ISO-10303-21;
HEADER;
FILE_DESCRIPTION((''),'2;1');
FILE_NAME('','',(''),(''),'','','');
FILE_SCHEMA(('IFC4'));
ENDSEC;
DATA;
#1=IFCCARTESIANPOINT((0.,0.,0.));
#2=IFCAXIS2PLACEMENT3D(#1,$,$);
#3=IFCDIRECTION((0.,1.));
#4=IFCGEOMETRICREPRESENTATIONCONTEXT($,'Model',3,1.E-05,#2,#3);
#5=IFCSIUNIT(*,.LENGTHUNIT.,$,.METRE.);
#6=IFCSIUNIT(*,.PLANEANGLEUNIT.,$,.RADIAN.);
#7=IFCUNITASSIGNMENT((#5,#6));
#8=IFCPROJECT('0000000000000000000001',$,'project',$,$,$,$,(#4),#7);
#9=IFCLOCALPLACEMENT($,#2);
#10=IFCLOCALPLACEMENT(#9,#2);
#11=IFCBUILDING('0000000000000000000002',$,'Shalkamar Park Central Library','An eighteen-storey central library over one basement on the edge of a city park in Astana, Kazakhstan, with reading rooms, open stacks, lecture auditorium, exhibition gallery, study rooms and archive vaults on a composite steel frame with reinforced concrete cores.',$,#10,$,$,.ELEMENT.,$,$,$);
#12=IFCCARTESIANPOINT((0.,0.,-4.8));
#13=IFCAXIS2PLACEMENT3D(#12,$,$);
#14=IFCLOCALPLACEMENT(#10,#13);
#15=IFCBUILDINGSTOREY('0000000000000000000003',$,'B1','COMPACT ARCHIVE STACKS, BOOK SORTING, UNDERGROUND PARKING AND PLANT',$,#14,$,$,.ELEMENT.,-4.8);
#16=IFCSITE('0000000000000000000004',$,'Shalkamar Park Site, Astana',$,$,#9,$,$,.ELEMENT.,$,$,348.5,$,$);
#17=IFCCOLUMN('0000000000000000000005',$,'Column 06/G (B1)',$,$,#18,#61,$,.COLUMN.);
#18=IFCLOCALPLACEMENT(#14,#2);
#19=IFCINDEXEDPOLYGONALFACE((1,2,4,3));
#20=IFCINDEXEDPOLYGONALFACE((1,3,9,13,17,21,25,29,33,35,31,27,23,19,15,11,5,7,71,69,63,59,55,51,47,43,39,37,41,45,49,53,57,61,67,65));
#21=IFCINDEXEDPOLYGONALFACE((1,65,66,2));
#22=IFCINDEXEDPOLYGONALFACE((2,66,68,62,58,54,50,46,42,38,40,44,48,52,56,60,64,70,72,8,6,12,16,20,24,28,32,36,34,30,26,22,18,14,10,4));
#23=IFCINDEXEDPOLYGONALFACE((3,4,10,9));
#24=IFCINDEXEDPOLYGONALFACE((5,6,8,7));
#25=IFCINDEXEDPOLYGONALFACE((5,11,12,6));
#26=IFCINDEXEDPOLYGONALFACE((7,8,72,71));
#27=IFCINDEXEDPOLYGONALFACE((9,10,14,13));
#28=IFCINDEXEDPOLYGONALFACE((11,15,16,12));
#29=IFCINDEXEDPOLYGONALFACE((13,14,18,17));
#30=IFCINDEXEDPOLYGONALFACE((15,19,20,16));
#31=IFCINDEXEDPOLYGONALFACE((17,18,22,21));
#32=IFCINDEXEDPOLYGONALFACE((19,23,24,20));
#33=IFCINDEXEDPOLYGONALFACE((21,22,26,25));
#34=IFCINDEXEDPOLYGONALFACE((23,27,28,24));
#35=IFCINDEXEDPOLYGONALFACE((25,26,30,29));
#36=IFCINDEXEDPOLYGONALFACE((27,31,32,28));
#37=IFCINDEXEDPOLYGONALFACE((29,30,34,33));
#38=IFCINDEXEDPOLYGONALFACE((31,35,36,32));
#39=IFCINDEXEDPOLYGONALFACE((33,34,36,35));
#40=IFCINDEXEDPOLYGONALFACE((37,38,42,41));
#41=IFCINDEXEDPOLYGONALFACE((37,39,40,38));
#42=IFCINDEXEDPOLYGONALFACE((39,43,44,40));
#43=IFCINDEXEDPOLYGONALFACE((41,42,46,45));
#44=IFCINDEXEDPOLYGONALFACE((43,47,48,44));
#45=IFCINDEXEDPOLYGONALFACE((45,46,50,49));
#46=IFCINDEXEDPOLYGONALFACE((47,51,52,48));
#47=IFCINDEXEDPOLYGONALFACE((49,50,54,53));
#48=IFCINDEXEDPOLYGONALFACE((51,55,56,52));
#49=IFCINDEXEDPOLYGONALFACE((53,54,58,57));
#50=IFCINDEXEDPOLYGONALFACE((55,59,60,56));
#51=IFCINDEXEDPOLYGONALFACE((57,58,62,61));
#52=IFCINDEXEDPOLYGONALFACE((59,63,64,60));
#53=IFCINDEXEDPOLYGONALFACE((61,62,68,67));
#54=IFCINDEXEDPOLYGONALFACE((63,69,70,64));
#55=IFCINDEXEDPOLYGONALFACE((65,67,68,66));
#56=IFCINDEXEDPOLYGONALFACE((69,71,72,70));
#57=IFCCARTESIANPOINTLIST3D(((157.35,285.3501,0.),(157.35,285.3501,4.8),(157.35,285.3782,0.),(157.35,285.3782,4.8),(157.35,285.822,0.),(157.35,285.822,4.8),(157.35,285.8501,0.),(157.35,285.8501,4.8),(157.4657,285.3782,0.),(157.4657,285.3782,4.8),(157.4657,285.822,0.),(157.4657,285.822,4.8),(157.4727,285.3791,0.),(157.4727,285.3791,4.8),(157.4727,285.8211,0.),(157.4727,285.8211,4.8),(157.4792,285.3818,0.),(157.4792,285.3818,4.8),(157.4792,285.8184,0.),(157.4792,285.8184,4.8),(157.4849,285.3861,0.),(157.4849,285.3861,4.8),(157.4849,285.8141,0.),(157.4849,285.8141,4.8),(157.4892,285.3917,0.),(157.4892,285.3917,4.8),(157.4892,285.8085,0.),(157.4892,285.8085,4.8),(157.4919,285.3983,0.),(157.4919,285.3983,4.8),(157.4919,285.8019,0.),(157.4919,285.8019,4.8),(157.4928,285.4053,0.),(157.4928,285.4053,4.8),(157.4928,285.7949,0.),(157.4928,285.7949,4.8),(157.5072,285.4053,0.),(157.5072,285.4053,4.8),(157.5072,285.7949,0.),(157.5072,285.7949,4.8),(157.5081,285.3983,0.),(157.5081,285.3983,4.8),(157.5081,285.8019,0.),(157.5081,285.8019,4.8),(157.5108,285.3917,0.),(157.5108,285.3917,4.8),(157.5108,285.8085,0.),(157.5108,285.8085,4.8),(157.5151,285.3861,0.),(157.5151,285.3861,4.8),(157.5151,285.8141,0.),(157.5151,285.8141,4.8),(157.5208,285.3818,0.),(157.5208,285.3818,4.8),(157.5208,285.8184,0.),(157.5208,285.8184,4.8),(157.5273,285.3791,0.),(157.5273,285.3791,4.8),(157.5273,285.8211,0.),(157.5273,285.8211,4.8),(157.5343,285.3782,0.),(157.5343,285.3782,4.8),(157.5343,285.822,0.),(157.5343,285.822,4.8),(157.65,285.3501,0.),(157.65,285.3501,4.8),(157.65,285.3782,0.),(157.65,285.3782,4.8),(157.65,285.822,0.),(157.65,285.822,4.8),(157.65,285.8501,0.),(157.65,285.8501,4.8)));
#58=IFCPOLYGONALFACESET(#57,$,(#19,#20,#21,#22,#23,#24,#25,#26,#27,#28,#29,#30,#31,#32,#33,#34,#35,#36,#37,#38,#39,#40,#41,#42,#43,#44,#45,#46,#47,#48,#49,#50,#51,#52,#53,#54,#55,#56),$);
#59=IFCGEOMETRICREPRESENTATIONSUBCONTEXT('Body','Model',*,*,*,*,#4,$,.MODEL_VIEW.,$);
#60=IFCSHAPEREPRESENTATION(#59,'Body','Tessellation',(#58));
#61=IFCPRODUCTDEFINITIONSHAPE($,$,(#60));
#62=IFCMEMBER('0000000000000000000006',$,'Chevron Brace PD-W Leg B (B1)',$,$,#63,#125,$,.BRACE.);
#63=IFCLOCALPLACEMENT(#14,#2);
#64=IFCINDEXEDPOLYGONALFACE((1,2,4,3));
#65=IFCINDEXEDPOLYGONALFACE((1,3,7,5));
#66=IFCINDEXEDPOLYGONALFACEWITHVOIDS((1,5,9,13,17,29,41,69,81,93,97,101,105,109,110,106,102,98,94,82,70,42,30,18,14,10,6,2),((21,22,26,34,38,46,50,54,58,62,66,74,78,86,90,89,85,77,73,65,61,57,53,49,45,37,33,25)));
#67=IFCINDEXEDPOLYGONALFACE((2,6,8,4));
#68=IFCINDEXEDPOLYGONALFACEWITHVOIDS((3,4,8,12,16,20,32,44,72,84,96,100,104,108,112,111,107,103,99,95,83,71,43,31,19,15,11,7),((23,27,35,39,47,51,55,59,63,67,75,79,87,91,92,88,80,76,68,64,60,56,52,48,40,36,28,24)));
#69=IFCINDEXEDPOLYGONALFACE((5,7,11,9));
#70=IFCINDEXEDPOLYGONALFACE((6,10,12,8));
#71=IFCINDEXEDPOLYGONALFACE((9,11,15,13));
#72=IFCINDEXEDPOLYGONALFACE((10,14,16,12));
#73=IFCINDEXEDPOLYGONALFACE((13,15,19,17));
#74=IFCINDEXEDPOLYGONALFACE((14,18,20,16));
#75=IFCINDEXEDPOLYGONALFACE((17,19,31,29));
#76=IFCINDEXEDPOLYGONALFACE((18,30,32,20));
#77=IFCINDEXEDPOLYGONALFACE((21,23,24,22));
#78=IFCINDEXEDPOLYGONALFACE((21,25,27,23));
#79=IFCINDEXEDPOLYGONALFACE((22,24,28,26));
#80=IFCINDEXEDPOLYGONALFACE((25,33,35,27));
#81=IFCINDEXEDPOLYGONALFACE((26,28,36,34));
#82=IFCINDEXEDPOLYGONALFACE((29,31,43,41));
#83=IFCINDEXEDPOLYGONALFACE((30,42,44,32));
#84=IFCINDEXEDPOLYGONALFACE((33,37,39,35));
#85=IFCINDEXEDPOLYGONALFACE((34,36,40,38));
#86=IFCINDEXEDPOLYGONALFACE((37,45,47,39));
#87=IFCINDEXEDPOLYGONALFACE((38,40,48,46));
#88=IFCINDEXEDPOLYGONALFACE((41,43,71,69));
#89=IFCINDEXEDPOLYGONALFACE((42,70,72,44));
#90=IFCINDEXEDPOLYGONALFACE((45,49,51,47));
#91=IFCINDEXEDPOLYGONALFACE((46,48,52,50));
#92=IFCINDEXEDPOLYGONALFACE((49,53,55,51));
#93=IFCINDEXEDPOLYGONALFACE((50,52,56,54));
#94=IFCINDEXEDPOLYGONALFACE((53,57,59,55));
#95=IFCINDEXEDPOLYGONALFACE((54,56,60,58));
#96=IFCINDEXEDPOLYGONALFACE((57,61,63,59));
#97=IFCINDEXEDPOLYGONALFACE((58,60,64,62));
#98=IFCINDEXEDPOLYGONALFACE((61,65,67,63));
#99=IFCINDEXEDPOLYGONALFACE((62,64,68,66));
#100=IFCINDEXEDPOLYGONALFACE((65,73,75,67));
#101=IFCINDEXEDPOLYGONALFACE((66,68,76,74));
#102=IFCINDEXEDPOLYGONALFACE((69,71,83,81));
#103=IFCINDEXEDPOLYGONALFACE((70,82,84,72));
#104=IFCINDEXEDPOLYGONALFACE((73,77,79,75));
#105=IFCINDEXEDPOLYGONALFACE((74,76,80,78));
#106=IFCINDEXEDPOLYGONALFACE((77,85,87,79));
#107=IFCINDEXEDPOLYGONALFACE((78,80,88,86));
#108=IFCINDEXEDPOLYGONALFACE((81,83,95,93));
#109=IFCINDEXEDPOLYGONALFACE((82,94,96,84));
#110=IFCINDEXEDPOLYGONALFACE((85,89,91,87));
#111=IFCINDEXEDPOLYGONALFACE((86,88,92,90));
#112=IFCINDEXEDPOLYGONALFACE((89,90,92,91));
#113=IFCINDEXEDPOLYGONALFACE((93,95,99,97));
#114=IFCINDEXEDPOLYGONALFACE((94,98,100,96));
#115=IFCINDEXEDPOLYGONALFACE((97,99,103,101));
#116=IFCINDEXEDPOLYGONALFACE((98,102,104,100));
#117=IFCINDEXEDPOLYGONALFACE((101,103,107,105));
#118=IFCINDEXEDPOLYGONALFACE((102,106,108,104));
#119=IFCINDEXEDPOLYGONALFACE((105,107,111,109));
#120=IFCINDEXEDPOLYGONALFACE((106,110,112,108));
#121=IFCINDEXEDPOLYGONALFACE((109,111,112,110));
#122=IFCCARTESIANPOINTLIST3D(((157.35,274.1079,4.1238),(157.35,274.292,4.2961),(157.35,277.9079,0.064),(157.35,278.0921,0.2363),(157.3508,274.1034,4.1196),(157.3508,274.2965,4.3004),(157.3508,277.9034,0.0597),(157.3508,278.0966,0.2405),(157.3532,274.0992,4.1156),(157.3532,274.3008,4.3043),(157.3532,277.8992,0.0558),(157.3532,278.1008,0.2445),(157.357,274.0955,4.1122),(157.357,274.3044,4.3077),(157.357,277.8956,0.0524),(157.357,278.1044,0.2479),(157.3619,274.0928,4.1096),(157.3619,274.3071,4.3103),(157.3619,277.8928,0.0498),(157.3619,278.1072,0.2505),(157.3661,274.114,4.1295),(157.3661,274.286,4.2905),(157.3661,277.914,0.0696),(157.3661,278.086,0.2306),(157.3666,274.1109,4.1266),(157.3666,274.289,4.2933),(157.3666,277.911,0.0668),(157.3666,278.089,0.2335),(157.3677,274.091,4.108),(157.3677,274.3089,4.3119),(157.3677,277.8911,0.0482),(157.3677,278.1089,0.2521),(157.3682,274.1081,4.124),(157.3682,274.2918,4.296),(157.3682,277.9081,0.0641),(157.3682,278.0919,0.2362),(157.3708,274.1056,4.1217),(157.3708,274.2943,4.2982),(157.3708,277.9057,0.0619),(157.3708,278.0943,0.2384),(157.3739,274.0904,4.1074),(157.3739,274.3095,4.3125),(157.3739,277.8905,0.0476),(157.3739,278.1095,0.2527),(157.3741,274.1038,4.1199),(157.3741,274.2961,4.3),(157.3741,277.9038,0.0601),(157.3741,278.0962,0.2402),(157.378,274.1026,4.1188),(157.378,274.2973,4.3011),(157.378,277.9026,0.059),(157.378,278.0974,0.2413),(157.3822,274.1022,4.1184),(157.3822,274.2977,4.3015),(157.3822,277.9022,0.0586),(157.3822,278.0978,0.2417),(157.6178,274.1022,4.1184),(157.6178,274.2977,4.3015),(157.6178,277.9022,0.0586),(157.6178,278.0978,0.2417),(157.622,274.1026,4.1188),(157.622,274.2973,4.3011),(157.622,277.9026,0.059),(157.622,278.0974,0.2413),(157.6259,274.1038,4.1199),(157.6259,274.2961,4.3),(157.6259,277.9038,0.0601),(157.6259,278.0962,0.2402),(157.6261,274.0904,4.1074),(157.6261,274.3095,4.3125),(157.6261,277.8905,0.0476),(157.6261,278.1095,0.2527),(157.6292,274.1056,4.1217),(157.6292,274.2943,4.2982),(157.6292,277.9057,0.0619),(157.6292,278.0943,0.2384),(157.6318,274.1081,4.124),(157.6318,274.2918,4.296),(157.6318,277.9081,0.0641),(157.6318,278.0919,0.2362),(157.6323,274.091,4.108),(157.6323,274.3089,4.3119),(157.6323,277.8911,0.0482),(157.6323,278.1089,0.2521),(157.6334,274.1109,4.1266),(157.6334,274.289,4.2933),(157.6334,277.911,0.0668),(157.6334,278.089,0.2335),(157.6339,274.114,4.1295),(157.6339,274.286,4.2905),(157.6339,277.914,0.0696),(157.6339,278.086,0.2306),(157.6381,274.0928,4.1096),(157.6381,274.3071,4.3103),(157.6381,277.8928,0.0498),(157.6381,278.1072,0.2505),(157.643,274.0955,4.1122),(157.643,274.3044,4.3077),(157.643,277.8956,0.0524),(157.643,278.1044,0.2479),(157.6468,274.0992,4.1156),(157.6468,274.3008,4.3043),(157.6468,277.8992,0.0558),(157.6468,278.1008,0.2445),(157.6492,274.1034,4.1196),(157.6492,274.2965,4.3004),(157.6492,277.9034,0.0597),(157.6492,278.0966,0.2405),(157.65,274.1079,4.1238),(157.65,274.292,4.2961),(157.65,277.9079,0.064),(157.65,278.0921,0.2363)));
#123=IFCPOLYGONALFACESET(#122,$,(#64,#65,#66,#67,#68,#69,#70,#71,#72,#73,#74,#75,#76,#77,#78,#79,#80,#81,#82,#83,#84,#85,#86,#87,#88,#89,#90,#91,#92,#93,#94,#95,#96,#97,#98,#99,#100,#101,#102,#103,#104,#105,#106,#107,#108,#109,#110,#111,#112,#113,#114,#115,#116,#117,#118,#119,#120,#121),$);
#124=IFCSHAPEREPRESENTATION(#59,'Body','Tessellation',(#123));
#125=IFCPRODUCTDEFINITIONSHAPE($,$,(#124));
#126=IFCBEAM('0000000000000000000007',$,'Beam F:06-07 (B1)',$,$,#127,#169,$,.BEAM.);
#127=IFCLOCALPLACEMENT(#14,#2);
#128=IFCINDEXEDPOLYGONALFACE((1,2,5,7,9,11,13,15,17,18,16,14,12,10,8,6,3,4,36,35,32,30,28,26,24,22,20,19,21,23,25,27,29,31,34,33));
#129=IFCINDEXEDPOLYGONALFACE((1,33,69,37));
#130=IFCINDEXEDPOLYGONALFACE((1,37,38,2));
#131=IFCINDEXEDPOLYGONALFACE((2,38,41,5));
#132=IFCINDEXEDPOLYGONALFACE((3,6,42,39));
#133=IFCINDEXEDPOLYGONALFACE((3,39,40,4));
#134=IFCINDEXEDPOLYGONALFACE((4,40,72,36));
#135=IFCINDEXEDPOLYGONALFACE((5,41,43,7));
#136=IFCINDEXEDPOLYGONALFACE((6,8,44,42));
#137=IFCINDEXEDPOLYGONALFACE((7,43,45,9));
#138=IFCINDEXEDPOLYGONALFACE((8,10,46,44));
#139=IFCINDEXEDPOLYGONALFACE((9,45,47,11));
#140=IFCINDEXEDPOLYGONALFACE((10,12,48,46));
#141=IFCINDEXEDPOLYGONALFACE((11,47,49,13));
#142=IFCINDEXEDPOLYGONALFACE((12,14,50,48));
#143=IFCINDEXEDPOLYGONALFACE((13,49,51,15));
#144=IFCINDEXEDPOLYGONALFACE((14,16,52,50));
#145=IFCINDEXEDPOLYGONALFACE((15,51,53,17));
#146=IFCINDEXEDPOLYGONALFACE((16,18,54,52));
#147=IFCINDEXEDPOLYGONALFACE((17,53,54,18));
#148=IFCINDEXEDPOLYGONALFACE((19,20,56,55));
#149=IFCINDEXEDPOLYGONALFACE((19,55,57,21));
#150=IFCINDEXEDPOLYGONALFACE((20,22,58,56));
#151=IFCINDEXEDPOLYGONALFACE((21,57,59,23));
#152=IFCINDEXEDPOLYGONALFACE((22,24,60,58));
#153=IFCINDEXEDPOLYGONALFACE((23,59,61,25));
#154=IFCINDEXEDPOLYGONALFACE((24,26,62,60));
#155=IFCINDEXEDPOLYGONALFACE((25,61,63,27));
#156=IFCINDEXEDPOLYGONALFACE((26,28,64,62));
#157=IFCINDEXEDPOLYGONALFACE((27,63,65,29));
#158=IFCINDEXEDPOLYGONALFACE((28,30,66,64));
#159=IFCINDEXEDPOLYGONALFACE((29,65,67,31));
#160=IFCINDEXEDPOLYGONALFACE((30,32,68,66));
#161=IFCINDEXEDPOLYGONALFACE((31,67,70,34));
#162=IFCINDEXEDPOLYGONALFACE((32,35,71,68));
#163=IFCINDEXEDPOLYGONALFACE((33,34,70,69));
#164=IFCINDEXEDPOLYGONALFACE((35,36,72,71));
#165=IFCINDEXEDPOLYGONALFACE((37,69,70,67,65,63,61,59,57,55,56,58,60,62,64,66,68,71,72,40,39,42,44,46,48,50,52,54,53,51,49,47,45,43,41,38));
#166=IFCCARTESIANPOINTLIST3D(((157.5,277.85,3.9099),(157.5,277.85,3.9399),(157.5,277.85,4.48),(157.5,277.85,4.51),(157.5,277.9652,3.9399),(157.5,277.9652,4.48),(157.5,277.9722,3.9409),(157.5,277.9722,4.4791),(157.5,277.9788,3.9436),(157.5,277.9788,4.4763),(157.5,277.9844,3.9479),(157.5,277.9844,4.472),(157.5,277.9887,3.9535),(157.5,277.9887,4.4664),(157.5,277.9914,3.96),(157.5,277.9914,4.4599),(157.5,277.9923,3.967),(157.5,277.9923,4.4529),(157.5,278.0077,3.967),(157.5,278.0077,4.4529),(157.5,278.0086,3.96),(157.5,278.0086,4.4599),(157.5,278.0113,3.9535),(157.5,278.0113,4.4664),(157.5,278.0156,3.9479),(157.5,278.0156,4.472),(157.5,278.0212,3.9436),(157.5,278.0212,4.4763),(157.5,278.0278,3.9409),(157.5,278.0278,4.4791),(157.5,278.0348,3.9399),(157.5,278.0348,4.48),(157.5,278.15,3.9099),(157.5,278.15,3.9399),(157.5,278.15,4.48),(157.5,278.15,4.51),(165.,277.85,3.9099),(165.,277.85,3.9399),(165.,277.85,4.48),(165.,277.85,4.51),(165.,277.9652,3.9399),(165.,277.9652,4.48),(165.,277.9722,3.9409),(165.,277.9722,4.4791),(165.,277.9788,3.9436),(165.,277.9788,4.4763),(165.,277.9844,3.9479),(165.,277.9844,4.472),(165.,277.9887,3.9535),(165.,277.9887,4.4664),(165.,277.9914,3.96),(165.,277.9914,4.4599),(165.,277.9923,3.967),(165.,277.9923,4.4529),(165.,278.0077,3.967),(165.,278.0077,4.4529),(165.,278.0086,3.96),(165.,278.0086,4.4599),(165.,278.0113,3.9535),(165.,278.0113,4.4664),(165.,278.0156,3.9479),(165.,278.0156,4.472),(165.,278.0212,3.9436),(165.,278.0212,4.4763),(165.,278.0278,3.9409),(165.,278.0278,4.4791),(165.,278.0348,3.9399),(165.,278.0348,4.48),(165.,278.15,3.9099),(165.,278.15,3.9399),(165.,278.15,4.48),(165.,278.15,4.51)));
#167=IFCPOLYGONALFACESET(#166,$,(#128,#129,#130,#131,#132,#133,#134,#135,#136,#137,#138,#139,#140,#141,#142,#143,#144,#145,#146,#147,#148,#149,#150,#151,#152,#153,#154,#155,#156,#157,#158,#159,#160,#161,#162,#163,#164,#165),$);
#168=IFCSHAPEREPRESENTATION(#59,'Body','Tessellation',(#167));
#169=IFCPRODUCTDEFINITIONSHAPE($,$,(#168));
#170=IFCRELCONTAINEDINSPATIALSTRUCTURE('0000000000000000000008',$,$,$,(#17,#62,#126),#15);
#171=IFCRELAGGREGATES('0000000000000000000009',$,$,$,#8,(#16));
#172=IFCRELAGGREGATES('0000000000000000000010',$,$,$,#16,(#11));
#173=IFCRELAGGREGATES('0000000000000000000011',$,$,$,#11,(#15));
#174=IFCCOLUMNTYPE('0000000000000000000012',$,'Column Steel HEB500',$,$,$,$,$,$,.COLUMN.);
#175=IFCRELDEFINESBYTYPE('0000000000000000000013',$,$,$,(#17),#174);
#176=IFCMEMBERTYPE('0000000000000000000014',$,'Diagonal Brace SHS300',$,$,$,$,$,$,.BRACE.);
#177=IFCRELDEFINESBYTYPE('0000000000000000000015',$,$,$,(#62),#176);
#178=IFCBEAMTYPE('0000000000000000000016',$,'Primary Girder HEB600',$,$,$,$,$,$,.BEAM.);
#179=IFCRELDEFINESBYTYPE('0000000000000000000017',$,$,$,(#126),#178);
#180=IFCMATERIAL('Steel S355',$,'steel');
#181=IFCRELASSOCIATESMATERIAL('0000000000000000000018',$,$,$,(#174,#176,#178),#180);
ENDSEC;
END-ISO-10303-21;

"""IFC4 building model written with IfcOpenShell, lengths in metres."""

from ifc_helpers import new_model, si_unit, direction, frame, origin, origin_2d, place, context, subcontext, project, spatial, hollow_rectangle, i_section, extrude, material, material_profile, profile_set, type_object, element, save


model = new_model("IFC4")

# Units and contexts
model_context = context("Model", 3, precision=1e-05, world=origin(), true_north=direction((0.0, 1.0)))
body_context = subcontext(model_context, "Body", "Model", "MODEL_VIEW")
ifc_project = project(units=[si_unit("LENGTHUNIT", "METRE"), si_unit("PLANEANGLEUNIT", "RADIAN")], contexts=[model_context])

# Site, building, storey
site_placement = place(None, origin())
site = spatial("IfcSite", under=ifc_project, at=site_placement, Name="Shalkamar Park Site, Astana", CompositionType="ELEMENT", RefElevation=348.5)
building_placement = place(site_placement, origin())
building = spatial("IfcBuilding", under=site, at=building_placement, Name="Shalkamar Park Central Library", Description="An eighteen-storey central library over one basement on the edge of a city park in Astana, Kazakhstan, with reading rooms, open stacks, lecture auditorium, exhibition gallery, study rooms and archive vaults on a composite steel frame with reinforced concrete cores.", CompositionType="ELEMENT")
storey_placement = place(building_placement, frame((0.0, 0.0, -4.8)))
storey = spatial("IfcBuildingStorey", under=building, at=storey_placement, Name="B1", Description="COMPACT ARCHIVE STACKS, BOOK SORTING, UNDERGROUND PARKING AND PLANT", CompositionType="ELEMENT", Elevation=-4.8)

# Column
ifc_material_1 = material(Name="Steel S355", Category="steel")
ifc_material_profile_1 = material_profile(ifc_material_1, i_section(OverallWidth=0.3, OverallDepth=0.5, WebThickness=0.0144, FlangeThickness=0.0281, FilletRadius=0.0271, at=origin_2d()), Name="HEB 500")
ifc_profile_set_1 = profile_set([ifc_material_profile_1], Name="Steel S355")
column_type = type_object("IfcColumnType", Name="Column Steel HEB500", PredefinedType="COLUMN", material=ifc_profile_set_1)
for number, where, z_axis, x_axis, name in (
    (1, (157.5, 285.6001, 0.0), (0.0, 0.0, 1.0), (1.0, 0.0, 0.0), "Column 06/G (B1)"),
):
    element("IfcColumn", number, at=place(storey_placement, frame(where, z_axis=z_axis, x_axis=x_axis)), inside=storey, type_object=column_type, Name=name, PredefinedType="COLUMN", context=body_context, shape_type="SweptSolid", body=[
        extrude(i_section(OverallWidth=0.3, OverallDepth=0.5, WebThickness=0.0144, FlangeThickness=0.0281, FilletRadius=0.0271, at=origin_2d()), origin(), (0.0, 0.0, 1.0), 4.8),
    ])

# Member
ifc_material_profile_2 = material_profile(ifc_material_1, hollow_rectangle(XDim=0.3, YDim=0.3, WallThickness=0.0161, InnerFilletRadius=0.0161, OuterFilletRadius=0.0239, at=origin_2d()), Name="SHS 300x300x16")
ifc_profile_set_2 = profile_set([ifc_material_profile_2], Name="Steel S355")
member_type = type_object("IfcMemberType", Name="Diagonal Brace SHS300", PredefinedType="BRACE", material=ifc_profile_set_2)
member_placement = place(storey_placement, frame((157.5, 278.0, 0.1501), z_axis=(0.0, -0.683364, 0.730078), x_axis=(1.0, 0.0, 0.0)))
element("IfcMember", 2, at=member_placement, inside=storey, type_object=member_type, Name="Chevron Brace PD-W Leg B (B1)", PredefinedType="BRACE", context=body_context, shape_type="SweptSolid", body=[
    extrude(hollow_rectangle(XDim=0.3, YDim=0.3, WallThickness=0.0161, InnerFilletRadius=0.0161, OuterFilletRadius=0.0239, at=origin_2d()), origin(), (0.0, 0.0, 1.0), 5.5608),
])

# Beam
ifc_material_profile_3 = material_profile(ifc_material_1, i_section(OverallWidth=0.3, OverallDepth=0.6001, WebThickness=0.0154, FlangeThickness=0.03, FilletRadius=0.0271, at=origin_2d()), Name="HEB 600")
ifc_profile_set_3 = profile_set([ifc_material_profile_3], Name="Steel S355")
beam_type = type_object("IfcBeamType", Name="Primary Girder HEB600", PredefinedType="BEAM", material=ifc_profile_set_3)
for number, where, z_axis, x_axis, name in (
    (3, (157.5, 278.0, 4.21), (1.0, 0.0, 0.0), (0.0, 1.0, 0.0), "Beam F:06-07 (B1)"),
):
    element("IfcBeam", number, at=place(storey_placement, frame(where, z_axis=z_axis, x_axis=x_axis)), inside=storey, type_object=beam_type, Name=name, PredefinedType="BEAM", context=body_context, shape_type="SweptSolid", body=[
        extrude(i_section(OverallWidth=0.3, OverallDepth=0.6001, WebThickness=0.0154, FlangeThickness=0.03, FilletRadius=0.0271, at=origin_2d()), origin(), (0.0, 0.0, 1.0), 7.5),
    ])

save(model, "model.ifc")
